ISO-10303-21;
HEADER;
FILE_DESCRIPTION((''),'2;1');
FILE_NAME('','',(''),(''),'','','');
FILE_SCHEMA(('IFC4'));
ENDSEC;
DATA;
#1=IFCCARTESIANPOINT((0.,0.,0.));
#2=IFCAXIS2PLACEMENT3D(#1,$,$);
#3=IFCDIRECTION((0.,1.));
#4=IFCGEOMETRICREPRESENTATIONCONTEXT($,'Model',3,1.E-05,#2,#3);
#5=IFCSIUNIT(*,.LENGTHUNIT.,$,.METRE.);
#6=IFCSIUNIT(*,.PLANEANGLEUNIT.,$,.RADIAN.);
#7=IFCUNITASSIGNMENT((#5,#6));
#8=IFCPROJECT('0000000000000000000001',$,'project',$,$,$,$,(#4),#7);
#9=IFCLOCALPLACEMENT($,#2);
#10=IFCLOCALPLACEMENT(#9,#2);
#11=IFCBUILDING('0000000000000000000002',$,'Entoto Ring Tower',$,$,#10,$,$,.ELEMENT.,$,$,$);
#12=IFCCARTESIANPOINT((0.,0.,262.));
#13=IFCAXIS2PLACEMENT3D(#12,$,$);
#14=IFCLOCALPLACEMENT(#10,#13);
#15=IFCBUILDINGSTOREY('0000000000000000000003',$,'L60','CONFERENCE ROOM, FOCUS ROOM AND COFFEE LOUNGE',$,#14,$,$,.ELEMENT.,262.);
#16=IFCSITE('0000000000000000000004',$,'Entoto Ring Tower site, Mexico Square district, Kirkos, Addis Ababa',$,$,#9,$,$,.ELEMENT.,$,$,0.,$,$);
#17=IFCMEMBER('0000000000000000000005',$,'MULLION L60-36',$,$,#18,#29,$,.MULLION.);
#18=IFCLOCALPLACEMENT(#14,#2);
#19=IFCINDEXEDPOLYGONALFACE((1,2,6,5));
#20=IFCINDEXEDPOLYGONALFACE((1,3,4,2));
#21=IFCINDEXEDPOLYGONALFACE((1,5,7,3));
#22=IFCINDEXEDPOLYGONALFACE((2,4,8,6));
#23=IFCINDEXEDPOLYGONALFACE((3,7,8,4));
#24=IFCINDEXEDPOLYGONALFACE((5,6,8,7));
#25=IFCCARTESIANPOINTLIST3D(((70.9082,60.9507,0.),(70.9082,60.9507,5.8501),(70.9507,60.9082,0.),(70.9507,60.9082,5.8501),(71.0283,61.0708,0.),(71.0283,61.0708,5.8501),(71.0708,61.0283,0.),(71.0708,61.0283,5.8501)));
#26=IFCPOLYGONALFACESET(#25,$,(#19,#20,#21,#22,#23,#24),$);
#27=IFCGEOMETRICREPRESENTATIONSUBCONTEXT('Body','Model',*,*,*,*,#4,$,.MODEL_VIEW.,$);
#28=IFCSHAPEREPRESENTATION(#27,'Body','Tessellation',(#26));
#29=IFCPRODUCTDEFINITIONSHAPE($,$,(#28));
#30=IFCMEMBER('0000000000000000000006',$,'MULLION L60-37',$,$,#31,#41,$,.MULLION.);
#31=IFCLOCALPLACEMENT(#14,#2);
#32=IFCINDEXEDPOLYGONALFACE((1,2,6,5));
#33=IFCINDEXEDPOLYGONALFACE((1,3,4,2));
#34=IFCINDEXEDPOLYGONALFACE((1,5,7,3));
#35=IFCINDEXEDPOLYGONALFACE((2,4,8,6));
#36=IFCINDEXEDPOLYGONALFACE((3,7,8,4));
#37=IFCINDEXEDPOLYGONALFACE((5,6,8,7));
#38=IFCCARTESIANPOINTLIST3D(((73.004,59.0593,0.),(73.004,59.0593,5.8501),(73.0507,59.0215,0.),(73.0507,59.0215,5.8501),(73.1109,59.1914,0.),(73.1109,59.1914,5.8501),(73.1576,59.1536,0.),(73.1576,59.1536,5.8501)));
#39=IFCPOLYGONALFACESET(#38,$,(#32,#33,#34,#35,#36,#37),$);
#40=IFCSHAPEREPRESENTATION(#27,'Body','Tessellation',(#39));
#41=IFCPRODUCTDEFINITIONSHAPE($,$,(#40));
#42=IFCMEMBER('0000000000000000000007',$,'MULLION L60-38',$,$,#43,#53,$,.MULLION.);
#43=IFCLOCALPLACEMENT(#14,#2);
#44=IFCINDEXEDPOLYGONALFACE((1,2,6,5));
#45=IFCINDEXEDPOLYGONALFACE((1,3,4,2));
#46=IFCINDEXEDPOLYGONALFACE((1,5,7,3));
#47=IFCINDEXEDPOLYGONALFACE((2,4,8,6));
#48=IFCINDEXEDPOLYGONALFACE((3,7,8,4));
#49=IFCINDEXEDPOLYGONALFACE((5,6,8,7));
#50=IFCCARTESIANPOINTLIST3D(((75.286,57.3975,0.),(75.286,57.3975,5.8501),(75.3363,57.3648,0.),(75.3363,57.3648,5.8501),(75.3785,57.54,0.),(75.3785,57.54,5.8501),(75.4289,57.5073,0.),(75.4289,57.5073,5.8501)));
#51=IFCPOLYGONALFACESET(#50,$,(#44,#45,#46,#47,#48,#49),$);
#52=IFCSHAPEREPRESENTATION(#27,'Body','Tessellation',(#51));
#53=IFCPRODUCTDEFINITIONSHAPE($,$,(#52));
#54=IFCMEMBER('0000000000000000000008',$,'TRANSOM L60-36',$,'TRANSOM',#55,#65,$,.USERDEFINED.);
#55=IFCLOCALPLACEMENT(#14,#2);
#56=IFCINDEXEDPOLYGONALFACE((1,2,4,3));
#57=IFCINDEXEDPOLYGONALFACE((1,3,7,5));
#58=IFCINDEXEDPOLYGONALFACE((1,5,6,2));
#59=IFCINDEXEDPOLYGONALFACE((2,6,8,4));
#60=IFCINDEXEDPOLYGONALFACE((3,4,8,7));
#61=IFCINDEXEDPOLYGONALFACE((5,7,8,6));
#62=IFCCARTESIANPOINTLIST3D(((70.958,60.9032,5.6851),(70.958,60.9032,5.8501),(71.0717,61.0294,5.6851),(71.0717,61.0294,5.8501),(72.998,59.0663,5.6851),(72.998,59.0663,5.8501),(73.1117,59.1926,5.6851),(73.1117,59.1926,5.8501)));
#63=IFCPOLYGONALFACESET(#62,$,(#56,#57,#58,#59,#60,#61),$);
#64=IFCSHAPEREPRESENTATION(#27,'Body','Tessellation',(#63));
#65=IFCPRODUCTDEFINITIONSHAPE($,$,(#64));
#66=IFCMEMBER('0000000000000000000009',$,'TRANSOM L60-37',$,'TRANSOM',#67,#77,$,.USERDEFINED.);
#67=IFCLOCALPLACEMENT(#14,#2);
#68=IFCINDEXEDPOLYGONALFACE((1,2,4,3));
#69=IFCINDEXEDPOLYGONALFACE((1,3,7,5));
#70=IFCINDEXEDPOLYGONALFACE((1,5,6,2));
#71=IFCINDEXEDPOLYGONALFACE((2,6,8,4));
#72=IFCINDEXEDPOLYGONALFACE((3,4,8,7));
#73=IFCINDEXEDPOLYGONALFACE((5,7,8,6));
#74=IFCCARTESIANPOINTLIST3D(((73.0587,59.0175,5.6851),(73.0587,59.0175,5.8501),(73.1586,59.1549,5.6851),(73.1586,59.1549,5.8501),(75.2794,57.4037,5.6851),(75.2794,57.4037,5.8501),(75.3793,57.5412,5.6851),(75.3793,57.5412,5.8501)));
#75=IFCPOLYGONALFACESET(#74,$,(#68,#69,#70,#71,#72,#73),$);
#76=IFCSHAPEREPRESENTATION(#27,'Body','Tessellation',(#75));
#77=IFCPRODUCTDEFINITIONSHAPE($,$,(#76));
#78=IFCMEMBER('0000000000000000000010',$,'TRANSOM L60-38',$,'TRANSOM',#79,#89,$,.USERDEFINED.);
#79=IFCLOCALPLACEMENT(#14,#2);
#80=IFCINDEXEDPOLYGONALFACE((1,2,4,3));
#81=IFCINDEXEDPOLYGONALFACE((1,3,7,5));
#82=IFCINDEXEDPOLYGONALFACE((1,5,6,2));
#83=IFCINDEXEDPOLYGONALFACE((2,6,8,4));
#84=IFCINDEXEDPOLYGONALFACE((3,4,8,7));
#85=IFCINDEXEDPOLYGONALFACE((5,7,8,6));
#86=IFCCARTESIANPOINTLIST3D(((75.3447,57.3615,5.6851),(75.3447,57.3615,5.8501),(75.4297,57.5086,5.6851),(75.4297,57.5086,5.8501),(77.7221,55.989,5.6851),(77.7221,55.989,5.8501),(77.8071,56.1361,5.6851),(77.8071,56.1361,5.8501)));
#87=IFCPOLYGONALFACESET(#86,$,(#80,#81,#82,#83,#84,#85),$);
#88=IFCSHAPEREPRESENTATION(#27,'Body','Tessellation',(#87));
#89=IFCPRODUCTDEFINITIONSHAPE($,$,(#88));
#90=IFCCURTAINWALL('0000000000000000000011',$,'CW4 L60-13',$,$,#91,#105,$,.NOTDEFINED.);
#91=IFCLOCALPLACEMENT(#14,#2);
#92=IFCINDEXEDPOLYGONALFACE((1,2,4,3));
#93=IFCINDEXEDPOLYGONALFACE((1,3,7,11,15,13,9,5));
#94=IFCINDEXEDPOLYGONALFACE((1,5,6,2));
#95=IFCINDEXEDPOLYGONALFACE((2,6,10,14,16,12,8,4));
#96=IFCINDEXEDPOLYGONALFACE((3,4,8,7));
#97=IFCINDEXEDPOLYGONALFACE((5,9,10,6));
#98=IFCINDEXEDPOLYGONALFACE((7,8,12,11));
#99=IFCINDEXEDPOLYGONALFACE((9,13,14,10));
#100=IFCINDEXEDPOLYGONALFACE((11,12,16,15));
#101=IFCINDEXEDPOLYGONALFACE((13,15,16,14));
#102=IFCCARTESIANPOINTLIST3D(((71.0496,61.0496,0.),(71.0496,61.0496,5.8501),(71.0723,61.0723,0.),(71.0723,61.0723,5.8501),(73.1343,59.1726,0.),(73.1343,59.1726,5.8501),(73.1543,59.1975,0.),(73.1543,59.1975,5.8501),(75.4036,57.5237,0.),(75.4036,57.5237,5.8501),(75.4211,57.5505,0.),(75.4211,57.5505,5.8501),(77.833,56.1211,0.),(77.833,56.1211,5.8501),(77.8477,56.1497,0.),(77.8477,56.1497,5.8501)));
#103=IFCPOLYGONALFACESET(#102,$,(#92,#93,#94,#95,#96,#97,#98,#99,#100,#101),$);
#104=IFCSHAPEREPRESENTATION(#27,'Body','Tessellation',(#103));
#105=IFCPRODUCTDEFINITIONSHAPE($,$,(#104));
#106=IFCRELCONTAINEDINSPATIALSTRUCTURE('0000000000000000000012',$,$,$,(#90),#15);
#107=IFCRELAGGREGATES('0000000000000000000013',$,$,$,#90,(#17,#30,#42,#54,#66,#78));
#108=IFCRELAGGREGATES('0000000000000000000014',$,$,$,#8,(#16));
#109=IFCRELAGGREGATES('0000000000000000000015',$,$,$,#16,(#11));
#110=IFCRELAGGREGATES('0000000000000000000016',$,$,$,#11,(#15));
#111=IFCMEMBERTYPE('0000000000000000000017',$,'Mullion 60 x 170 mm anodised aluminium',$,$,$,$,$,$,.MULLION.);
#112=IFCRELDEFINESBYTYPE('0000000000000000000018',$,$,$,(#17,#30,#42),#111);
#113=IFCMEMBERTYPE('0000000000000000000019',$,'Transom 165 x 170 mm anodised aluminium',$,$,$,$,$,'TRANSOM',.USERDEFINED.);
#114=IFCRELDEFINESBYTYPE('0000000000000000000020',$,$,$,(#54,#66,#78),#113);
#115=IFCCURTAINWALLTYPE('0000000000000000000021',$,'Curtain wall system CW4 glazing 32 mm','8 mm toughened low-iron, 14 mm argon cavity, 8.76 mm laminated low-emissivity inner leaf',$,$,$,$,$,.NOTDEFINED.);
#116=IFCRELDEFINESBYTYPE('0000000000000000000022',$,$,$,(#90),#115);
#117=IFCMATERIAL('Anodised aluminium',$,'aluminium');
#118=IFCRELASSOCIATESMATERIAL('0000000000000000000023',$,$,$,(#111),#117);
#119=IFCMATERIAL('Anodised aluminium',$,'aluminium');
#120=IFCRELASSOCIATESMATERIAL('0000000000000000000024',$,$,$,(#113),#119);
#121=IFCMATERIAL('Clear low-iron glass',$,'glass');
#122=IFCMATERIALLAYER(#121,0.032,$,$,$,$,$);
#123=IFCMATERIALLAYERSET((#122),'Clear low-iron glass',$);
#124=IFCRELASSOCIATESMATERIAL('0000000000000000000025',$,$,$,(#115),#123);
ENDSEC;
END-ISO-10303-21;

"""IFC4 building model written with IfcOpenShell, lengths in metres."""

from ifc_helpers import new_model, si_unit, direction, frame, origin, origin_2d, place, context, subcontext, project, spatial, polyline, rectangle, outline, extrude, material, layer, layer_set, material_profile, profile_set, type_object, element, aggregate, save


model = new_model("IFC4")

# Units and contexts
model_context = context("Model", 3, precision=1e-05, world=origin(), true_north=direction((0.0, 1.0)))
body_context = subcontext(model_context, "Body", "Model", "MODEL_VIEW")
ifc_project = project(units=[si_unit("LENGTHUNIT", "METRE"), si_unit("PLANEANGLEUNIT", "RADIAN")], contexts=[model_context])

# Members
ifc_material_1 = material(Name="Anodised aluminium", Category="aluminium")
ifc_material_profile_1 = material_profile(ifc_material_1, rectangle(XDim=0.0601, YDim=0.1699, at=origin_2d()), Name="Mullion 60 x 170 mm anodised aluminium")
ifc_profile_set_1 = profile_set([ifc_material_profile_1], Name="Anodised aluminium")
member_type_1 = type_object("IfcMemberType", Name="Mullion 60 x 170 mm anodised aluminium", PredefinedType="MULLION", material=ifc_profile_set_1)
site_placement = place(None, origin())
building_placement = place(site_placement, origin())
storey_placement = place(building_placement, frame((0.0, 0.0, 262.0)))
member_1_placement = place(storey_placement, frame((70.9895, 60.9895, 0.0), z_axis=(0.0, 0.0, 1.0), x_axis=(0.707107, -0.707107, 0.0)))
member_1 = element("IfcMember", 1, at=member_1_placement, type_object=member_type_1, Name="MULLION L60-36", PredefinedType="MULLION", context=body_context, shape_type="SweptSolid", body=[
    extrude(rectangle(XDim=0.0601, YDim=0.1699, at=origin_2d()), origin(), (0.0, 0.0, 1.0), 5.8501),
])
member_2_placement = place(storey_placement, frame((73.0808, 59.1064, 0.0), z_axis=(0.0, 0.0, 1.0), x_axis=(0.777146, -0.62932, 0.0)))
member_2 = element("IfcMember", 2, at=member_2_placement, type_object=member_type_1, Name="MULLION L60-37", PredefinedType="MULLION", context=body_context, shape_type="SweptSolid", body=[
    extrude(rectangle(XDim=0.0601, YDim=0.1699, at=origin_2d()), origin(), (0.0, 0.0, 1.0), 5.8501),
])
member_3_placement = place(storey_placement, frame((75.3574, 57.4524, 0.0), z_axis=(0.0, 0.0, 1.0), x_axis=(0.838671, -0.544639, 0.0)))
member_3 = element("IfcMember", 3, at=member_3_placement, type_object=member_type_1, Name="MULLION L60-38", PredefinedType="MULLION", context=body_context, shape_type="SweptSolid", body=[
    extrude(rectangle(XDim=0.0601, YDim=0.1699, at=origin_2d()), origin(), (0.0, 0.0, 1.0), 5.8501),
])
ifc_material_2 = material(Name="Anodised aluminium", Category="aluminium")
ifc_material_profile_2 = material_profile(ifc_material_2, rectangle(XDim=0.1699, YDim=0.165, at=origin_2d()), Name="Transom 165 x 170 mm anodised aluminium")
ifc_profile_set_2 = profile_set([ifc_material_profile_2], Name="Anodised aluminium")
member_type_2 = type_object("IfcMemberType", Name="Transom 165 x 170 mm anodised aluminium", ElementType="TRANSOM", PredefinedType="USERDEFINED", material=ifc_profile_set_2)
member_4_placement = place(storey_placement, frame((71.0149, 60.9663, 5.7676), z_axis=(0.743135, -0.669142, 0.0), x_axis=(0.669142, 0.743135, 0.0)))
member_4 = element("IfcMember", 4, at=member_4_placement, type_object=member_type_2, Name="TRANSOM L60-36", ObjectType="TRANSOM", PredefinedType="USERDEFINED", context=body_context, shape_type="SweptSolid", body=[
    extrude(rectangle(XDim=0.1699, YDim=0.165, at=origin_2d()), origin(), (0.0, 0.0, 1.0), 2.7451),
])
member_5_placement = place(storey_placement, frame((73.1086, 59.0862, 5.7676), z_axis=(0.808959, -0.587865, 0.0), x_axis=(0.587865, 0.808959, 0.0)))
member_5 = element("IfcMember", 5, at=member_5_placement, type_object=member_type_2, Name="TRANSOM L60-37", ObjectType="TRANSOM", PredefinedType="USERDEFINED", context=body_context, shape_type="SweptSolid", body=[
    extrude(rectangle(XDim=0.1699, YDim=0.165, at=origin_2d()), origin(), (0.0, 0.0, 1.0), 2.7451),
])
member_6_placement = place(storey_placement, frame((75.3872, 57.4351, 5.7676), z_axis=(0.866035, -0.499984, 0.0), x_axis=(0.499984, 0.866035, 0.0)))
member_6 = element("IfcMember", 6, at=member_6_placement, type_object=member_type_2, Name="TRANSOM L60-38", ObjectType="TRANSOM", PredefinedType="USERDEFINED", context=body_context, shape_type="SweptSolid", body=[
    extrude(rectangle(XDim=0.1699, YDim=0.165, at=origin_2d()), origin(), (0.0, 0.0, 1.0), 2.7451),
])

# Site, building, storey
site = spatial("IfcSite", under=ifc_project, at=site_placement, Name="Entoto Ring Tower site, Mexico Square district, Kirkos, Addis Ababa", CompositionType="ELEMENT", RefElevation=0.0)
building = spatial("IfcBuilding", under=site, at=building_placement, Name="Entoto Ring Tower", CompositionType="ELEMENT")
storey = spatial("IfcBuildingStorey", under=building, at=storey_placement, Name="L60", Description="CONFERENCE ROOM, FOCUS ROOM AND COFFEE LOUNGE", CompositionType="ELEMENT", Elevation=262.0)

# Curtain wall
ifc_material_3 = material(Name="Clear low-iron glass", Category="glass")
ifc_layer = layer(ifc_material_3, 0.032)
ifc_layer_set = layer_set([ifc_layer], Name="Clear low-iron glass")
curtain_wall_type = type_object("IfcCurtainWallType", Name="Curtain wall system CW4 glazing 32 mm", Description="8 mm toughened low-iron, 14 mm argon cavity, 8.76 mm laminated low-emissivity inner leaf", PredefinedType="NOTDEFINED", material=ifc_layer_set)
curtain_wall_1_placement = place(storey_placement, origin())
curtain_wall_1 = element("IfcCurtainWall", 7, at=curtain_wall_1_placement, inside=storey, type_object=curtain_wall_type, Name="CW4 L60-13", PredefinedType="NOTDEFINED", context=body_context, shape_type="SweptSolid", body=[
    extrude(outline(polyline([(71.0496, 61.0496), (73.1343, 59.1726), (75.4036, 57.5237), (77.833, 56.1211), (77.8477, 56.1497), (75.4211, 57.5505), (73.1543, 59.1975), (71.0723, 61.0723), (71.0496, 61.0496)])), origin(), (0.0, 0.0, 1.0), 5.8501),
])
aggregate(curtain_wall_1, [member_1, member_2, member_3, member_4, member_5, member_6])

save(model, "model.ifc")
